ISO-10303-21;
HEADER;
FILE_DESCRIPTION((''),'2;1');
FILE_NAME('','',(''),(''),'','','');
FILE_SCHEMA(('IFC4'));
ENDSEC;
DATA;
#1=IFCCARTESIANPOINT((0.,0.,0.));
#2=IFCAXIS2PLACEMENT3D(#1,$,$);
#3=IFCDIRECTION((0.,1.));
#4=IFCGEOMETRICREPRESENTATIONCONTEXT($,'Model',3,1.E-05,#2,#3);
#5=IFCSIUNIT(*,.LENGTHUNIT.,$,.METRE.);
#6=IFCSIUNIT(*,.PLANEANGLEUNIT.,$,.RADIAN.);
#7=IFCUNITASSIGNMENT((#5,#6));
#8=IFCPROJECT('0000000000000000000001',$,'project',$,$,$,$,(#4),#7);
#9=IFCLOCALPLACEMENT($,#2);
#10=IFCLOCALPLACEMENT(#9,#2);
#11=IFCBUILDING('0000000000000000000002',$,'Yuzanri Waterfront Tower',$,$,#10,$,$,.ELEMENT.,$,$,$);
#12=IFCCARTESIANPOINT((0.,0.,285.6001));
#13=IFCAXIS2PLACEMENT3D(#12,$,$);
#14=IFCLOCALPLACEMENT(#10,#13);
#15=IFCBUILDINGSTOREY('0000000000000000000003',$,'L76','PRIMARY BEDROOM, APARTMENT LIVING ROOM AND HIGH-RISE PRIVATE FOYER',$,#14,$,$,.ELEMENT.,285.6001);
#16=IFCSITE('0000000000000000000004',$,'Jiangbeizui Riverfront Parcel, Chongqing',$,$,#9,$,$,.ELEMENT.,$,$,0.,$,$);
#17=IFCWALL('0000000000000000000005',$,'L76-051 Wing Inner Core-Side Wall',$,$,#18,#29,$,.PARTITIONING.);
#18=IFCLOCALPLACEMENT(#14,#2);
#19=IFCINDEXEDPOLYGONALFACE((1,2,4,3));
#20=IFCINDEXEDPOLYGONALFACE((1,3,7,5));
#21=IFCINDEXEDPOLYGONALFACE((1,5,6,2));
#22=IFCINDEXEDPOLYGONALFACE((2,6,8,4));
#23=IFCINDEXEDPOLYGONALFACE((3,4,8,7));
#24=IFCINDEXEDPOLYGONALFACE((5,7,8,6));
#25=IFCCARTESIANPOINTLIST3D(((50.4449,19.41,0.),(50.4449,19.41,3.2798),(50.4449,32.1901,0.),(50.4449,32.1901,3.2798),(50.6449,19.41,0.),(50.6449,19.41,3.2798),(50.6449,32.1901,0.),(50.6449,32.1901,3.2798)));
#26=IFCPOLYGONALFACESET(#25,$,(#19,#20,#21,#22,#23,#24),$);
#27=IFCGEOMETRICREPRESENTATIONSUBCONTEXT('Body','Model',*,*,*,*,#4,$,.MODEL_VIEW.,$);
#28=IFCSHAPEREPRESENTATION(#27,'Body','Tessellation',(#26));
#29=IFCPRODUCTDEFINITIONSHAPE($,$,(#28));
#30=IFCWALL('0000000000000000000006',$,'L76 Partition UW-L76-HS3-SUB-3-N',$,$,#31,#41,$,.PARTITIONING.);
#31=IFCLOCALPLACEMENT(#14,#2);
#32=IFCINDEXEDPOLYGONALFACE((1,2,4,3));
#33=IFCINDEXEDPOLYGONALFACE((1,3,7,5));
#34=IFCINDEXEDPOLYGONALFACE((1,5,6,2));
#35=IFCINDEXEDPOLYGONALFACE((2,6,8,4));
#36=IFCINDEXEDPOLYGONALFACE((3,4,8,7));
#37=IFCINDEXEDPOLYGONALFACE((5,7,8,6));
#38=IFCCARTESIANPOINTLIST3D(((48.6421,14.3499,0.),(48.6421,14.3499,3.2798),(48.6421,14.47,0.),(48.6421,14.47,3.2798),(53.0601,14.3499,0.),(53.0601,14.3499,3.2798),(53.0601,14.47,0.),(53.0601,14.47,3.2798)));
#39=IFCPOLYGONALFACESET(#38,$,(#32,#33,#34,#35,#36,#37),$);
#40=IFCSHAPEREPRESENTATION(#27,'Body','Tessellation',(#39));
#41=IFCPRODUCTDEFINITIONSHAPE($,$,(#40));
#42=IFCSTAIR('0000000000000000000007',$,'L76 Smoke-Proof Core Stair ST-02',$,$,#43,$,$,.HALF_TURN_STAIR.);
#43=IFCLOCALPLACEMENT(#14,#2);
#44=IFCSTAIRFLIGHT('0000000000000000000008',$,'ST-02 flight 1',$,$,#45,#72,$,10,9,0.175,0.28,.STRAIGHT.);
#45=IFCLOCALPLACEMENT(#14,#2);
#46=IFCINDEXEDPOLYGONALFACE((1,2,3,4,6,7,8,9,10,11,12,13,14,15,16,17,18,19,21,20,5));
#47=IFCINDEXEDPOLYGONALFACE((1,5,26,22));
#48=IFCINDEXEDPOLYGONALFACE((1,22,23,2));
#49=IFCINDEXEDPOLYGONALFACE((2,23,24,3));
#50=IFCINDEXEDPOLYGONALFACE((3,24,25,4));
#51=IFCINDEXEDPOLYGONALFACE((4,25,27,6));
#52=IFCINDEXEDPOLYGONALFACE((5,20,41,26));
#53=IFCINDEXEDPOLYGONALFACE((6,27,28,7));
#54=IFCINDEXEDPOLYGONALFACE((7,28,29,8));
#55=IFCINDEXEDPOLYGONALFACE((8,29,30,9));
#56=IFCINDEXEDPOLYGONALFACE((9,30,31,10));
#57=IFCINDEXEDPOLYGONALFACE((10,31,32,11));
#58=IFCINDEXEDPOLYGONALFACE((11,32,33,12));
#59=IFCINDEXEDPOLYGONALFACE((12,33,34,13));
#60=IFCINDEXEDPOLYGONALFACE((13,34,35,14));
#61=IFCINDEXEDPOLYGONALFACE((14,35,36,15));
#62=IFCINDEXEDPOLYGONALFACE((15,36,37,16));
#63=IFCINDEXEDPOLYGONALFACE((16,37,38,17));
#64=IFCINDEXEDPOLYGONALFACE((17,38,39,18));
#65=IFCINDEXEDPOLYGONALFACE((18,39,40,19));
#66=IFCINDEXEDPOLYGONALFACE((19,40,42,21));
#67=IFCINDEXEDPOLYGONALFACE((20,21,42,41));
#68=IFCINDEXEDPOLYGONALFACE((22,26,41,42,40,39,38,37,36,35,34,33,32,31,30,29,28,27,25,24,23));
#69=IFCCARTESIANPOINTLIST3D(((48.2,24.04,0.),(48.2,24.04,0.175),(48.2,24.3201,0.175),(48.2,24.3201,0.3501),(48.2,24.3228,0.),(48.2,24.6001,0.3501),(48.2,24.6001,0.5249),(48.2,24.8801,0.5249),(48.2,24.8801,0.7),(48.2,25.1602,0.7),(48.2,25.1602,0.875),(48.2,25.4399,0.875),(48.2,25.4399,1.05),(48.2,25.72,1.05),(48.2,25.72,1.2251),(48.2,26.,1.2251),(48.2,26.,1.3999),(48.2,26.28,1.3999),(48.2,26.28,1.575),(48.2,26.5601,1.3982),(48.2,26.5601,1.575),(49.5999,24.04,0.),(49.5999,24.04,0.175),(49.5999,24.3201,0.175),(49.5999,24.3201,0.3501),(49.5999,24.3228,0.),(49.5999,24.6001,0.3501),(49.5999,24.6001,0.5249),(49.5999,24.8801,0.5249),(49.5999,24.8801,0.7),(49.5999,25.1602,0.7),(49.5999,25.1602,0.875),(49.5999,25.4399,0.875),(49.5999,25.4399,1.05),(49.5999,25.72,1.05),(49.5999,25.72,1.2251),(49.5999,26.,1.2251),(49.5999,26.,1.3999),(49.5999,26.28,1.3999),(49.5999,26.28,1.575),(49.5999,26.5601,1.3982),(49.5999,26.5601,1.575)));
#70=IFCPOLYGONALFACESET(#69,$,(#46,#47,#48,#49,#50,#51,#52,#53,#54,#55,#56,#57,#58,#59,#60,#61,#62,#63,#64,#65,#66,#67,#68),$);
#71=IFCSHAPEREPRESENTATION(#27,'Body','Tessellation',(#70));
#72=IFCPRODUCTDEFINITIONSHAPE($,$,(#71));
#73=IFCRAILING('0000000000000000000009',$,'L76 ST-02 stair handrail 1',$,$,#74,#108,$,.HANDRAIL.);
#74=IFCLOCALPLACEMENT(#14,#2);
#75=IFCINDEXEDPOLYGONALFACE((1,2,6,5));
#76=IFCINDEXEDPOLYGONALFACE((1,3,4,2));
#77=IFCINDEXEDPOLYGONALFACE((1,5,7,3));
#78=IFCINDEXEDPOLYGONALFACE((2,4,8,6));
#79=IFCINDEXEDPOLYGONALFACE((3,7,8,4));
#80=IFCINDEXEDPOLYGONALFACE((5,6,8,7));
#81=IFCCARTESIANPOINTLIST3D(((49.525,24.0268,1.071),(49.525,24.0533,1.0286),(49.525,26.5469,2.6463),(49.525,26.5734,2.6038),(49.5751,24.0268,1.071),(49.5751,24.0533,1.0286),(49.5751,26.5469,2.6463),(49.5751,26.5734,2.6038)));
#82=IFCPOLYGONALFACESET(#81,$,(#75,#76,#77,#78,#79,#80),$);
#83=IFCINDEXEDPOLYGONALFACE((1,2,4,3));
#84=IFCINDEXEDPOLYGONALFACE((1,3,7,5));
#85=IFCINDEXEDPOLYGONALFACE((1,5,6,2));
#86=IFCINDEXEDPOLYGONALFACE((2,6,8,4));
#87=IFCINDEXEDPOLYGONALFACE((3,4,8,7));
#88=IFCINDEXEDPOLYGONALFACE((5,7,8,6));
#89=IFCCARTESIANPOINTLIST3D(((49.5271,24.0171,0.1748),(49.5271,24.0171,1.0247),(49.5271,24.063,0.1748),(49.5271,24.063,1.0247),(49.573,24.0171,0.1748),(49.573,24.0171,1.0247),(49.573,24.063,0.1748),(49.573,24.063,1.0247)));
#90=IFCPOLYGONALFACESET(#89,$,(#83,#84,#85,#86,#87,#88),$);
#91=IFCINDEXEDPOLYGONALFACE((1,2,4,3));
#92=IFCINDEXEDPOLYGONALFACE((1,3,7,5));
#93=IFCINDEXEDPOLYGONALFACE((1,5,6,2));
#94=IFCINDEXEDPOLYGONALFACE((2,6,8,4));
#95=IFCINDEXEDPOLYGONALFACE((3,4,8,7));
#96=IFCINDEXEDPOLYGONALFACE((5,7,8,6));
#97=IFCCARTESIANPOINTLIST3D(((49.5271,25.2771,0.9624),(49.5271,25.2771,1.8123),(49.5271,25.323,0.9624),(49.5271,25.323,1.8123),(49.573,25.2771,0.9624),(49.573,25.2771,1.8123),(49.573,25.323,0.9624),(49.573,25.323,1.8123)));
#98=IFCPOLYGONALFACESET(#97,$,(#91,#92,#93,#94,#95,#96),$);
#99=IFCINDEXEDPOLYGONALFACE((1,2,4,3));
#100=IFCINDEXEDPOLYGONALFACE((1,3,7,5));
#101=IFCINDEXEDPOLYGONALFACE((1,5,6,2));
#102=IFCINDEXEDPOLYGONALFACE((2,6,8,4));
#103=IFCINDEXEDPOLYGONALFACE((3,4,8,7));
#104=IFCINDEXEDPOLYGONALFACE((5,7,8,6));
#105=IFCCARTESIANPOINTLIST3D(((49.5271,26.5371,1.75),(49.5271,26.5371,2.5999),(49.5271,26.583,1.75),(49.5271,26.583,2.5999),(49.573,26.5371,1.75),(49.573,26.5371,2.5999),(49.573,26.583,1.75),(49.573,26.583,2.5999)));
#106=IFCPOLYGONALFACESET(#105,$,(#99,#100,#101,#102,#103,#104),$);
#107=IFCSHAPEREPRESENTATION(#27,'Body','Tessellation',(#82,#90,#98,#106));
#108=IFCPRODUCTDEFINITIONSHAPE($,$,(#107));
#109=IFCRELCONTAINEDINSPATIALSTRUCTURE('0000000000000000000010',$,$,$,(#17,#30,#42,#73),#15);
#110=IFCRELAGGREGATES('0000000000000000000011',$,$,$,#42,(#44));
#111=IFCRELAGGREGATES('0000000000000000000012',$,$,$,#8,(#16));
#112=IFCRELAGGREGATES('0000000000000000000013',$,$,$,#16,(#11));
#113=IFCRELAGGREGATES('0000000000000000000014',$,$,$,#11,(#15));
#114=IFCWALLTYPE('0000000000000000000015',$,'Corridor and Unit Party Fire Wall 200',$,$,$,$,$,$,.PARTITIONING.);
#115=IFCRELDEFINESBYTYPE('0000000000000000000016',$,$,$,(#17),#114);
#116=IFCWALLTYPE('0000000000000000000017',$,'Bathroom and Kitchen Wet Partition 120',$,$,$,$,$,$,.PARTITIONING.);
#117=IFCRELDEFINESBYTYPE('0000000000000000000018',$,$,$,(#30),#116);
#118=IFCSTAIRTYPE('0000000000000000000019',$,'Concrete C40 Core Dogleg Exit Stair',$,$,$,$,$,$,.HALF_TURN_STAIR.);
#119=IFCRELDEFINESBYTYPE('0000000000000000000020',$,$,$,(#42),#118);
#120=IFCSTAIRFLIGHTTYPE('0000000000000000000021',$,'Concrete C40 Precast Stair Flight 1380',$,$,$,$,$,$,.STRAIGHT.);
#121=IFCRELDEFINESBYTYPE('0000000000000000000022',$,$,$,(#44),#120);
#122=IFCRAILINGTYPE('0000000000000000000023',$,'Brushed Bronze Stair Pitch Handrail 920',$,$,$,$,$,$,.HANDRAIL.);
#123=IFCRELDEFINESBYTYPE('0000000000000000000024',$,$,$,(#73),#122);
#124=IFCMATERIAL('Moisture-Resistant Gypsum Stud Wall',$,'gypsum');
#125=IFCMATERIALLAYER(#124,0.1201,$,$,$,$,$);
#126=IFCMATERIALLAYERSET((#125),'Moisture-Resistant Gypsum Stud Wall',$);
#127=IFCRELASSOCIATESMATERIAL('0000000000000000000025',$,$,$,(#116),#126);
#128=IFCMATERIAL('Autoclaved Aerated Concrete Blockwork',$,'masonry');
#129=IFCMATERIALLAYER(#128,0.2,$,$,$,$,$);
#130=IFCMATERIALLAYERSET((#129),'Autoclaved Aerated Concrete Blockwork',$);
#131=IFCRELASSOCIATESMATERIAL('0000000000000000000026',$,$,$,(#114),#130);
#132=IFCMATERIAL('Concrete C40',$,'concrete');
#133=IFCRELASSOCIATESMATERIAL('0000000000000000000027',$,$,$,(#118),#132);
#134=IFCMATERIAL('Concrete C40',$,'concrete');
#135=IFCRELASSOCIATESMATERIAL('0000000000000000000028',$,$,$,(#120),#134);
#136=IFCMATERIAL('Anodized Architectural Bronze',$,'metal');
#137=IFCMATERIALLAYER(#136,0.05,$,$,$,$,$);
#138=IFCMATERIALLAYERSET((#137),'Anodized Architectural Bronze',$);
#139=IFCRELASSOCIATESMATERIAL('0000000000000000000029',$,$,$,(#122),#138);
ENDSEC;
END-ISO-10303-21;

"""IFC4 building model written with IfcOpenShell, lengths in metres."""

from ifc_helpers import new_model, si_unit, direction, frame, frame_2d, origin, origin_2d, place, context, subcontext, project, spatial, polyline, rectangle, outline, extrude, source, transform, mapped, material, layer, layer_set, type_object, element, aggregate, save


model = new_model("IFC4")

# Units and contexts
model_context = context("Model", 3, precision=1e-05, world=origin(), true_north=direction((0.0, 1.0)))
body_context = subcontext(model_context, "Body", "Model", "MODEL_VIEW")
ifc_project = project(units=[si_unit("LENGTHUNIT", "METRE"), si_unit("PLANEANGLEUNIT", "RADIAN")], contexts=[model_context])

# Site, building, storey
site_placement = place(None, origin())
site = spatial("IfcSite", under=ifc_project, at=site_placement, Name="Jiangbeizui Riverfront Parcel, Chongqing", CompositionType="ELEMENT", RefElevation=0.0)
building_placement = place(site_placement, origin())
building = spatial("IfcBuilding", under=site, at=building_placement, Name="Yuzanri Waterfront Tower", CompositionType="ELEMENT")
storey_placement = place(building_placement, frame((0.0, 0.0, 285.6001)))
storey = spatial("IfcBuildingStorey", under=building, at=storey_placement, Name="L76", Description="PRIMARY BEDROOM, APARTMENT LIVING ROOM AND HIGH-RISE PRIVATE FOYER", CompositionType="ELEMENT", Elevation=285.6001)

# Shared definitions
ifc_material_1 = material(Name="Moisture-Resistant Gypsum Stud Wall", Category="gypsum")
ifc_layer_1 = layer(ifc_material_1, 0.1201)
ifc_layer_set_1 = layer_set([ifc_layer_1], Name="Moisture-Resistant Gypsum Stud Wall")
wall_type_1 = type_object("IfcWallType", Name="Bathroom and Kitchen Wet Partition 120", PredefinedType="PARTITIONING", material=ifc_layer_set_1)
ifc_material_2 = material(Name="Autoclaved Aerated Concrete Blockwork", Category="masonry")
ifc_layer_2 = layer(ifc_material_2, 0.2)
ifc_layer_set_2 = layer_set([ifc_layer_2], Name="Autoclaved Aerated Concrete Blockwork")
wall_type_2 = type_object("IfcWallType", Name="Corridor and Unit Party Fire Wall 200", PredefinedType="PARTITIONING", material=ifc_layer_set_2)

# Walls
shared_shape_1 = source(origin(), body_context, "Body", "SweptSolid", [
    extrude(rectangle(XDim=12.78, YDim=0.2, at=frame_2d((6.3901, 0.0))), origin(), (0.0, 0.0, 1.0), 3.2798),
])
wall_1_placement = place(storey_placement, frame((50.5449, 19.4099, 0.0), z_axis=(0.0, 0.0, 1.0), x_axis=(0.0, 1.0, 0.0)))
element("IfcWall", 1, at=wall_1_placement, inside=storey, type_object=wall_type_2, Name="L76-051 Wing Inner Core-Side Wall", PredefinedType="PARTITIONING", context=body_context, shape_type="MappedRepresentation", body=[
    mapped(shared_shape_1, transform((0.0, 0.0, 0.0), scale=1.0)),
])
shared_shape_2 = source(origin(), body_context, "Body", "SweptSolid", [
    extrude(rectangle(XDim=4.418, YDim=0.1201, at=frame_2d((2.209, 0.0))), origin(), (0.0, 0.0, 1.0), 3.2798),
])
wall_2_placement = place(storey_placement, frame((48.6421, 14.4099, 0.0), z_axis=(0.0, 0.0, 1.0), x_axis=(1.0, 0.0, 0.0)))
element("IfcWall", 2, at=wall_2_placement, inside=storey, type_object=wall_type_1, Name="L76 Partition UW-L76-HS3-SUB-3-N", PredefinedType="PARTITIONING", context=body_context, shape_type="MappedRepresentation", body=[
    mapped(shared_shape_2, transform((0.0, 0.0, 0.0), scale=1.0)),
])

# Stair, stair flight
ifc_material_3 = material(Name="Concrete C40", Category="concrete")
stair_type = type_object("IfcStairType", Name="Concrete C40 Core Dogleg Exit Stair", PredefinedType="HALF_TURN_STAIR", material=ifc_material_3)
stair_placement = place(storey_placement, origin())
stair = element("IfcStair", 3, at=stair_placement, inside=storey, type_object=stair_type, Name="L76 Smoke-Proof Core Stair ST-02", PredefinedType="HALF_TURN_STAIR")
ifc_material_4 = material(Name="Concrete C40", Category="concrete")
stair_flight_type = type_object("IfcStairFlightType", Name="Concrete C40 Precast Stair Flight 1380", PredefinedType="STRAIGHT", material=ifc_material_4)
shared_shape_3 = source(origin(), body_context, "Body", "SweptSolid", [
    extrude(outline(polyline([(0.0, 0.0), (0.0, 0.175), (0.28, 0.175), (0.28, 0.3501), (0.5601, 0.3501), (0.5601, 0.5249), (0.8401, 0.5249), (0.8401, 0.7), (1.1201, 0.7), (1.1201, 0.875), (1.3999, 0.875), (1.3999, 1.05), (1.6799, 1.05), (1.6799, 1.2251), (1.96, 1.2251), (1.96, 1.3999), (2.24, 1.3999), (2.24, 1.575), (2.52, 1.575), (2.52, 1.75), (2.52, 1.3982), (0.2827, 0.0), (0.0, 0.0)])), frame((0.0, 0.7, 0.0), z_axis=(0.0, -1.0, 0.0), x_axis=(1.0, 0.0, 0.0)), (0.0, 0.0, 1.0), 1.3999),
])
stair_flight_placement = place(storey_placement, frame((48.8999, 24.04, 0.0), z_axis=(0.0, 0.0, 1.0), x_axis=(0.0, 1.0, 0.0)))
stair_flight = element("IfcStairFlight", 4, at=stair_flight_placement, type_object=stair_flight_type, Name="ST-02 flight 1", NumberOfRisers=10, NumberOfTreads=9, PredefinedType="STRAIGHT", RiserHeight=0.175, TreadLength=0.28, context=body_context, shape_type="MappedRepresentation", body=[
    mapped(shared_shape_3, transform((0.0, 0.0, 0.0), scale=1.0)),
])
aggregate(stair, [stair_flight])

# Railing
ifc_material_5 = material(Name="Anodized Architectural Bronze", Category="metal")
ifc_layer_3 = layer(ifc_material_5, 0.05)
ifc_layer_set_3 = layer_set([ifc_layer_3], Name="Anodized Architectural Bronze")
railing_type = type_object("IfcRailingType", Name="Brushed Bronze Stair Pitch Handrail 920", PredefinedType="HANDRAIL", material=ifc_layer_set_3)
shared_shape_4 = source(origin(), body_context, "Body", "SweptSolid", [
    extrude(rectangle(XDim=0.05, YDim=0.05, at=origin_2d()), frame((0.0, 0.0, 0.875), z_axis=(0.0, 0.847971, 0.530043), x_axis=(-1.0, 0.0, 0.0)), (0.0, 0.0, 1.0), 2.9719),
    extrude(rectangle(XDim=0.0459, YDim=0.0459, at=origin_2d()), origin(), (0.0, 0.0, 1.0), 0.8499),
    extrude(rectangle(XDim=0.0459, YDim=0.0459, at=origin_2d()), frame((0.0, 1.26, 0.7876)), (0.0, 0.0, 1.0), 0.8499),
    extrude(rectangle(XDim=0.0459, YDim=0.0459, at=origin_2d()), frame((0.0, 2.52, 1.5752)), (0.0, 0.0, 1.0), 0.8499),
])
railing_placement = place(storey_placement, frame((49.55, 24.04, 0.1748)))
element("IfcRailing", 5, at=railing_placement, inside=storey, type_object=railing_type, Name="L76 ST-02 stair handrail 1", PredefinedType="HANDRAIL", context=body_context, shape_type="MappedRepresentation", body=[
    mapped(shared_shape_4, transform((0.0, 0.0, 0.0), scale=1.0)),
])

save(model, "model.ifc")
